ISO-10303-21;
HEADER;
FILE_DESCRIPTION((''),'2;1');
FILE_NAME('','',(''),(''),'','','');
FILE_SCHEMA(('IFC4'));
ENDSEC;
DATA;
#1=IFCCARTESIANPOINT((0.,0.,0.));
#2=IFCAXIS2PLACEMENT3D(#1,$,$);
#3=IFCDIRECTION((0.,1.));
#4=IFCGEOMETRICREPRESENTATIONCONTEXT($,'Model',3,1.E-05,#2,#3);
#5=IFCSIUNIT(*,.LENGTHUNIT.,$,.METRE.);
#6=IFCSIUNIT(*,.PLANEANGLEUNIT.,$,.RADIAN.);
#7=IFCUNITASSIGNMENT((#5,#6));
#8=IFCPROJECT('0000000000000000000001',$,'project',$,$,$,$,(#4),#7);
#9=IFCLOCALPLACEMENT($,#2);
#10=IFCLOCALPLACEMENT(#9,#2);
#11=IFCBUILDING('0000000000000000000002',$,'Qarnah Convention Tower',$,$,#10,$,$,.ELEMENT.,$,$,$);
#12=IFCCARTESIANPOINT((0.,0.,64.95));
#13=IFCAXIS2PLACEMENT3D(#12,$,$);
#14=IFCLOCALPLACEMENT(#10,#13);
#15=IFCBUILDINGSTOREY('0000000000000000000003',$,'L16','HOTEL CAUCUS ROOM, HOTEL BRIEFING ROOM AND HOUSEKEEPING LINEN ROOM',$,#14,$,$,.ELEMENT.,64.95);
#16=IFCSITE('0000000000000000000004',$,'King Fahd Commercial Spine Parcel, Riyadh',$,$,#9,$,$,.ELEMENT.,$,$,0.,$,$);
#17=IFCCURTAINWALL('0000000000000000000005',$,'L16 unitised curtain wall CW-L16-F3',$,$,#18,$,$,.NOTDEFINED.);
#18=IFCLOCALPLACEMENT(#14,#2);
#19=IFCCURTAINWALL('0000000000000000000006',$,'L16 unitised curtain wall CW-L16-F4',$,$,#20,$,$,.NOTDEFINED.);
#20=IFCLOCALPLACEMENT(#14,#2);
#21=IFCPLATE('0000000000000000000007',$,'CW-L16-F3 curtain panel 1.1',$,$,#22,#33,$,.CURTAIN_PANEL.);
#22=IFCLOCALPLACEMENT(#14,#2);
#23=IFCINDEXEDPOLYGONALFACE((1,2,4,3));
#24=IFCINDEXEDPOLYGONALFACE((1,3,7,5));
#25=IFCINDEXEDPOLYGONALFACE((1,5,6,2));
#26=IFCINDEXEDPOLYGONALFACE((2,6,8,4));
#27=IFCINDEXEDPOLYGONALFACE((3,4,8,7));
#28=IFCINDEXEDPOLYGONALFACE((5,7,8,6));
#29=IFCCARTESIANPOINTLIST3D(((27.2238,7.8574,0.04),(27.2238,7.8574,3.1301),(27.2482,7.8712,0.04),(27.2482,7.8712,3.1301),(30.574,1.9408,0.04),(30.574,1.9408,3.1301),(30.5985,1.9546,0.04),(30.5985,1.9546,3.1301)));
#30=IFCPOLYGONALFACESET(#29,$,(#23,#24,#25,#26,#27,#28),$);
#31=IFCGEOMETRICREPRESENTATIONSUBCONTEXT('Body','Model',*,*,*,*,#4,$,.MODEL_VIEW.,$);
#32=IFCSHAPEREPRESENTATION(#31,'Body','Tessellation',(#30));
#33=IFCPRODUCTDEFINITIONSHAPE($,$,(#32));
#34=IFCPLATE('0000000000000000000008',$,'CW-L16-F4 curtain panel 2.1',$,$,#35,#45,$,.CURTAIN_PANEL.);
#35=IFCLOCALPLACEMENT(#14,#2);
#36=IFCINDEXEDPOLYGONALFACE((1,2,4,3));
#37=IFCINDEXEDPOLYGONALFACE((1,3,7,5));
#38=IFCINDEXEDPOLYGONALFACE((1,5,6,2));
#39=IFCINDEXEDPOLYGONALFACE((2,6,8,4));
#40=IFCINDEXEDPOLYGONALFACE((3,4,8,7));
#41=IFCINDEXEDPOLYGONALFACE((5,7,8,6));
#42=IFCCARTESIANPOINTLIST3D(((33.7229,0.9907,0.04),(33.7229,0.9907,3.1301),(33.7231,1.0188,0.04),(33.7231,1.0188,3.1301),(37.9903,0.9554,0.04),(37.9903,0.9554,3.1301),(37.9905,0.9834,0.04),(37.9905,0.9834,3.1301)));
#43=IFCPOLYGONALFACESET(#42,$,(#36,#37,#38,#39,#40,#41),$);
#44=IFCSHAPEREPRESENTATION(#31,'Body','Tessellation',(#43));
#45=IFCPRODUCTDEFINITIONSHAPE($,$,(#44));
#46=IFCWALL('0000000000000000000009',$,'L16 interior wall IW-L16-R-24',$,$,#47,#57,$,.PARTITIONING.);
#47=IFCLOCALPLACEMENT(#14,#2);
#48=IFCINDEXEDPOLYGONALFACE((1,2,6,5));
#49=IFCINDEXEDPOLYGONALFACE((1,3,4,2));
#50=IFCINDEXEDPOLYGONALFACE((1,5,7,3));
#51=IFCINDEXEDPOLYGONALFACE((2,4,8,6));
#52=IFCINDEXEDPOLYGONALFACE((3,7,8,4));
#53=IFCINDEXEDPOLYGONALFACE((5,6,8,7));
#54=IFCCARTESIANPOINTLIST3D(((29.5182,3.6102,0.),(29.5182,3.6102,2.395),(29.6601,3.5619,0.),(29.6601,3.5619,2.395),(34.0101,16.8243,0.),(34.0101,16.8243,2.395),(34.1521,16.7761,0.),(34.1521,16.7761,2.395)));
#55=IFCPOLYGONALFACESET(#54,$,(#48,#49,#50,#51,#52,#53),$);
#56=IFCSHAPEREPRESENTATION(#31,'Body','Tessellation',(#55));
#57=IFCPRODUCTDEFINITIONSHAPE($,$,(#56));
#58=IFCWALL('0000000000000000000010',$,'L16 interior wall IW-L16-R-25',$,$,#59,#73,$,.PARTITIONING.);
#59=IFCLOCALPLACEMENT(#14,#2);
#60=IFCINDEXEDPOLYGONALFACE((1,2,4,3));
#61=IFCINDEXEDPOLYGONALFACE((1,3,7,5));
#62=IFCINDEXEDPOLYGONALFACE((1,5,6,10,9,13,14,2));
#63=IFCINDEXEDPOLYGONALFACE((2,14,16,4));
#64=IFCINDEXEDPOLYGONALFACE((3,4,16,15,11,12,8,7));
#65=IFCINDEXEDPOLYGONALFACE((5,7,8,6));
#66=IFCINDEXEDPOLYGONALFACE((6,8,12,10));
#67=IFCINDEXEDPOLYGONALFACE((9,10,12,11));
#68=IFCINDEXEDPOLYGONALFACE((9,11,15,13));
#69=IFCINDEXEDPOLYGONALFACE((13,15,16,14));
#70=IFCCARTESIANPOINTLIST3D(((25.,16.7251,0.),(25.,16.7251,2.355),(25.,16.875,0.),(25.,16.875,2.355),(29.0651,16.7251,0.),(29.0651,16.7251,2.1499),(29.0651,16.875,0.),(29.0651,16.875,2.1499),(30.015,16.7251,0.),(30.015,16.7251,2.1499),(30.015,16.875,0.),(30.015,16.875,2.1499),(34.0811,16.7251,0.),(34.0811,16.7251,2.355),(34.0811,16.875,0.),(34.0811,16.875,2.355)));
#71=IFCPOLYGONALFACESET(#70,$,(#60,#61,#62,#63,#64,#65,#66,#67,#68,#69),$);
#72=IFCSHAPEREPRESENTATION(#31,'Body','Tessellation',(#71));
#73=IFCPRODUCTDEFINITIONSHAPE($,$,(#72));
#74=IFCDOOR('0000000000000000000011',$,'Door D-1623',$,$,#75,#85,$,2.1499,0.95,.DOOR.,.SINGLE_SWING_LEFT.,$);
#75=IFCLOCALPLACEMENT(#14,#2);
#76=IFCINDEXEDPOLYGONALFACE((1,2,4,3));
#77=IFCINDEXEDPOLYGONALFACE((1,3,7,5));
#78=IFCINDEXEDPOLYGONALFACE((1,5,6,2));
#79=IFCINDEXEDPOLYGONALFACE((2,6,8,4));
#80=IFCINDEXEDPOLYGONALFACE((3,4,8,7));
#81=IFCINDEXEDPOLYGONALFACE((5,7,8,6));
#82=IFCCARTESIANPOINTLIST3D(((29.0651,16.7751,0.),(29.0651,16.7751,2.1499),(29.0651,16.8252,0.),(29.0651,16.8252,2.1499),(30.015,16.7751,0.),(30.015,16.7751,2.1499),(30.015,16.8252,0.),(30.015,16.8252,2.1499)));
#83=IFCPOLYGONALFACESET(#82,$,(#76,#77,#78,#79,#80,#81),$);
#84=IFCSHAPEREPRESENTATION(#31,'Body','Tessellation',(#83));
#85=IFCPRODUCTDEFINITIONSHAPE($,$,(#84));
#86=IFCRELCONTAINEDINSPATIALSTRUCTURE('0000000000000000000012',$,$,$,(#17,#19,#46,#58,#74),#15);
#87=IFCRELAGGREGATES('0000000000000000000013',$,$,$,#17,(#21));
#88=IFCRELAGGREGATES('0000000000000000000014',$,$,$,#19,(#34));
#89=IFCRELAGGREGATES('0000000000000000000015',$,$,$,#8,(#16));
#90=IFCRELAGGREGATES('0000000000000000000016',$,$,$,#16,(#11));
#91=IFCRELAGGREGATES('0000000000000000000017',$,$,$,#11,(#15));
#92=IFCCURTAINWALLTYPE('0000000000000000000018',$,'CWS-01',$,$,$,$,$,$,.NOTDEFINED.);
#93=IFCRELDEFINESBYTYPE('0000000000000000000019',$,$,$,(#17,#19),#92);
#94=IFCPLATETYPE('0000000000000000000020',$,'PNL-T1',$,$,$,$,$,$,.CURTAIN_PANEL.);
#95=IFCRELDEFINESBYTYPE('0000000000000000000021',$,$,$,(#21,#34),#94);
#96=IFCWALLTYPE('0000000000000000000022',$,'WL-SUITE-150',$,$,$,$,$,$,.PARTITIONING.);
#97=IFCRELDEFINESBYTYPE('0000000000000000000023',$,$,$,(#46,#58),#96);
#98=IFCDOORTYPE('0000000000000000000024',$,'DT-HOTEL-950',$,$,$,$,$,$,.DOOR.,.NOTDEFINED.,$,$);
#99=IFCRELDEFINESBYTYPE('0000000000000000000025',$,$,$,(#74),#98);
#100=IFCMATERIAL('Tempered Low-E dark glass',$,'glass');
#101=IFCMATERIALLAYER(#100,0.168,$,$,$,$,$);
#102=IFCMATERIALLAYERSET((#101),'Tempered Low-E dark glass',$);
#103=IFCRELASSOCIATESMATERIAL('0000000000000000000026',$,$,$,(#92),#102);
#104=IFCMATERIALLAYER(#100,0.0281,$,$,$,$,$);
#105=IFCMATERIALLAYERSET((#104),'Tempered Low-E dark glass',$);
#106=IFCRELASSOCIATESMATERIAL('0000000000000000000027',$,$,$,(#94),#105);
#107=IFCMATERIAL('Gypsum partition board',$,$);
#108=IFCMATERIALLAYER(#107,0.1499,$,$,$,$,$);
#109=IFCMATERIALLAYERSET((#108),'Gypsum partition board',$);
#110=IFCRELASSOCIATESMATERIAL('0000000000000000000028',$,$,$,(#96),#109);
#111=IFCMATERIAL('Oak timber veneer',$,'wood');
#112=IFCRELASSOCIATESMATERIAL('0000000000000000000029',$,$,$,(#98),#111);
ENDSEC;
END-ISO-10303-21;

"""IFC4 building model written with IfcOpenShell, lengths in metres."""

from ifc_helpers import new_model, si_unit, direction, frame, frame_2d, origin, origin_2d, place, context, subcontext, project, spatial, rectangle, extrude, material, layer, layer_set, type_object, element, fill, aggregate, save


model = new_model("IFC4")

# Units and contexts
model_context = context("Model", 3, precision=1e-05, world=origin(), true_north=direction((0.0, 1.0)))
body_context = subcontext(model_context, "Body", "Model", "MODEL_VIEW")
ifc_project = project(units=[si_unit("LENGTHUNIT", "METRE"), si_unit("PLANEANGLEUNIT", "RADIAN")], contexts=[model_context])

# Site, building, storey
site_placement = place(None, origin())
site = spatial("IfcSite", under=ifc_project, at=site_placement, Name="King Fahd Commercial Spine Parcel, Riyadh", CompositionType="ELEMENT", RefElevation=0.0)
building_placement = place(site_placement, origin())
building = spatial("IfcBuilding", under=site, at=building_placement, Name="Qarnah Convention Tower", CompositionType="ELEMENT")
storey_placement = place(building_placement, frame((0.0, 0.0, 64.95)))
storey = spatial("IfcBuildingStorey", under=building, at=storey_placement, Name="L16", Description="HOTEL CAUCUS ROOM, HOTEL BRIEFING ROOM AND HOUSEKEEPING LINEN ROOM", CompositionType="ELEMENT", Elevation=64.95)

# Curtain walls
ifc_material_1 = material(Name="Tempered Low-E dark glass", Category="glass")
ifc_layer_1 = layer(ifc_material_1, 0.168)
ifc_layer_set_1 = layer_set([ifc_layer_1], Name="Tempered Low-E dark glass")
curtain_wall_type = type_object("IfcCurtainWallType", Name="CWS-01", PredefinedType="NOTDEFINED", material=ifc_layer_set_1)
curtain_wall_1_placement = place(storey_placement, origin())
curtain_wall_1 = element("IfcCurtainWall", 1, at=curtain_wall_1_placement, inside=storey, type_object=curtain_wall_type, Name="L16 unitised curtain wall CW-L16-F3", PredefinedType="NOTDEFINED")
curtain_wall_2_placement = place(storey_placement, origin())
curtain_wall_2 = element("IfcCurtainWall", 2, at=curtain_wall_2_placement, inside=storey, type_object=curtain_wall_type, Name="L16 unitised curtain wall CW-L16-F4", PredefinedType="NOTDEFINED")

# Plates
ifc_layer_2 = layer(ifc_material_1, 0.0281)
ifc_layer_set_2 = layer_set([ifc_layer_2], Name="Tempered Low-E dark glass")
plate_type = type_object("IfcPlateType", Name="PNL-T1", PredefinedType="CURTAIN_PANEL", material=ifc_layer_set_2)
plate_1_placement = place(storey_placement, frame((28.9111, 4.906, 0.04), z_axis=(0.0, 0.0, 1.0), x_axis=(-0.492729, 0.870183, 0.0)))
plate_1 = element("IfcPlate", 3, at=plate_1_placement, type_object=plate_type, Name="CW-L16-F3 curtain panel 1.1", PredefinedType="CURTAIN_PANEL", context=body_context, shape_type="SweptSolid", body=[
    extrude(rectangle(XDim=6.7993, YDim=0.0281, at=origin_2d()), origin(), (0.0, 0.0, 1.0), 3.0901),
])
aggregate(curtain_wall_1, [plate_1])
plate_2_placement = place(storey_placement, frame((35.8567, 0.9871, 0.04), z_axis=(0.0, 0.0, 1.0), x_axis=(-0.999966, 0.00828, 0.0)))
plate_2 = element("IfcPlate", 4, at=plate_2_placement, type_object=plate_type, Name="CW-L16-F4 curtain panel 2.1", PredefinedType="CURTAIN_PANEL", context=body_context, shape_type="SweptSolid", body=[
    extrude(rectangle(XDim=4.2676, YDim=0.0281, at=origin_2d()), origin(), (0.0, 0.0, 1.0), 3.0901),
])
aggregate(curtain_wall_2, [plate_2])

# Wall
ifc_material_2 = material(Name="Gypsum partition board")
ifc_layer_3 = layer(ifc_material_2, 0.1499)
ifc_layer_set_3 = layer_set([ifc_layer_3], Name="Gypsum partition board")
wall_type = type_object("IfcWallType", Name="WL-SUITE-150", PredefinedType="PARTITIONING", material=ifc_layer_set_3)
wall_1_placement = place(storey_placement, frame((29.5891, 3.5859, 0.0), z_axis=(0.0, 0.0, 1.0), x_axis=(0.321848, 0.946791, 0.0)))
element("IfcWall", 5, at=wall_1_placement, inside=storey, type_object=wall_type, Name="L16 interior wall IW-L16-R-24", PredefinedType="PARTITIONING", context=body_context, shape_type="SweptSolid", body=[
    extrude(rectangle(XDim=13.9568, YDim=0.1499, at=frame_2d((6.9785, 0.0))), origin(), (0.0, 0.0, 1.0), 2.395),
])

# Wall, opening, door
wall_2_placement = place(storey_placement, frame((34.0811, 16.8, 0.0), z_axis=(0.0, 0.0, 1.0), x_axis=(-1.0, 0.0, 0.0)))
wall_2 = element("IfcWall", 6, at=wall_2_placement, inside=storey, type_object=wall_type, Name="L16 interior wall IW-L16-R-25", PredefinedType="PARTITIONING", context=body_context, shape_type="SweptSolid", body=[
    extrude(rectangle(XDim=9.0811, YDim=0.1499, at=frame_2d((4.5405, 0.0))), origin(), (0.0, 0.0, 1.0), 2.355),
])
opening_placement = place(wall_2_placement, frame((4.0659, 0.0, 0.0)))
opening = element("IfcOpeningElement", 7, at=opening_placement, cuts=wall_2, PredefinedType="OPENING", context=body_context, shape_type="SweptSolid", body=[
    extrude(rectangle(XDim=0.95, YDim=2.1499, at=frame_2d((0.4751, 1.075))), frame((0.0, 0.085, 0.0), z_axis=(0.0, -1.0, 0.0), x_axis=(1.0, 0.0, 0.0)), (0.0, 0.0, 1.0), 0.1699),
])
ifc_material_3 = material(Name="Oak timber veneer", Category="wood")
door_type = type_object("IfcDoorType", Name="DT-HOTEL-950", OperationType="NOTDEFINED", PredefinedType="DOOR", material=ifc_material_3)
door_placement = place(opening_placement, origin())
door = element("IfcDoor", 8, at=door_placement, inside=storey, type_object=door_type, Name="Door D-1623", OperationType="SINGLE_SWING_LEFT", OverallHeight=2.1499, OverallWidth=0.95, PredefinedType="DOOR", context=body_context, shape_type="SweptSolid", body=[
    extrude(rectangle(XDim=0.95, YDim=2.1499, at=frame_2d((0.4751, 1.075))), frame((0.0, 0.0249, 0.0), z_axis=(0.0, -1.0, 0.0), x_axis=(1.0, 0.0, 0.0)), (0.0, 0.0, 1.0), 0.05),
])
fill(opening, door)

save(model, "model.ifc")
